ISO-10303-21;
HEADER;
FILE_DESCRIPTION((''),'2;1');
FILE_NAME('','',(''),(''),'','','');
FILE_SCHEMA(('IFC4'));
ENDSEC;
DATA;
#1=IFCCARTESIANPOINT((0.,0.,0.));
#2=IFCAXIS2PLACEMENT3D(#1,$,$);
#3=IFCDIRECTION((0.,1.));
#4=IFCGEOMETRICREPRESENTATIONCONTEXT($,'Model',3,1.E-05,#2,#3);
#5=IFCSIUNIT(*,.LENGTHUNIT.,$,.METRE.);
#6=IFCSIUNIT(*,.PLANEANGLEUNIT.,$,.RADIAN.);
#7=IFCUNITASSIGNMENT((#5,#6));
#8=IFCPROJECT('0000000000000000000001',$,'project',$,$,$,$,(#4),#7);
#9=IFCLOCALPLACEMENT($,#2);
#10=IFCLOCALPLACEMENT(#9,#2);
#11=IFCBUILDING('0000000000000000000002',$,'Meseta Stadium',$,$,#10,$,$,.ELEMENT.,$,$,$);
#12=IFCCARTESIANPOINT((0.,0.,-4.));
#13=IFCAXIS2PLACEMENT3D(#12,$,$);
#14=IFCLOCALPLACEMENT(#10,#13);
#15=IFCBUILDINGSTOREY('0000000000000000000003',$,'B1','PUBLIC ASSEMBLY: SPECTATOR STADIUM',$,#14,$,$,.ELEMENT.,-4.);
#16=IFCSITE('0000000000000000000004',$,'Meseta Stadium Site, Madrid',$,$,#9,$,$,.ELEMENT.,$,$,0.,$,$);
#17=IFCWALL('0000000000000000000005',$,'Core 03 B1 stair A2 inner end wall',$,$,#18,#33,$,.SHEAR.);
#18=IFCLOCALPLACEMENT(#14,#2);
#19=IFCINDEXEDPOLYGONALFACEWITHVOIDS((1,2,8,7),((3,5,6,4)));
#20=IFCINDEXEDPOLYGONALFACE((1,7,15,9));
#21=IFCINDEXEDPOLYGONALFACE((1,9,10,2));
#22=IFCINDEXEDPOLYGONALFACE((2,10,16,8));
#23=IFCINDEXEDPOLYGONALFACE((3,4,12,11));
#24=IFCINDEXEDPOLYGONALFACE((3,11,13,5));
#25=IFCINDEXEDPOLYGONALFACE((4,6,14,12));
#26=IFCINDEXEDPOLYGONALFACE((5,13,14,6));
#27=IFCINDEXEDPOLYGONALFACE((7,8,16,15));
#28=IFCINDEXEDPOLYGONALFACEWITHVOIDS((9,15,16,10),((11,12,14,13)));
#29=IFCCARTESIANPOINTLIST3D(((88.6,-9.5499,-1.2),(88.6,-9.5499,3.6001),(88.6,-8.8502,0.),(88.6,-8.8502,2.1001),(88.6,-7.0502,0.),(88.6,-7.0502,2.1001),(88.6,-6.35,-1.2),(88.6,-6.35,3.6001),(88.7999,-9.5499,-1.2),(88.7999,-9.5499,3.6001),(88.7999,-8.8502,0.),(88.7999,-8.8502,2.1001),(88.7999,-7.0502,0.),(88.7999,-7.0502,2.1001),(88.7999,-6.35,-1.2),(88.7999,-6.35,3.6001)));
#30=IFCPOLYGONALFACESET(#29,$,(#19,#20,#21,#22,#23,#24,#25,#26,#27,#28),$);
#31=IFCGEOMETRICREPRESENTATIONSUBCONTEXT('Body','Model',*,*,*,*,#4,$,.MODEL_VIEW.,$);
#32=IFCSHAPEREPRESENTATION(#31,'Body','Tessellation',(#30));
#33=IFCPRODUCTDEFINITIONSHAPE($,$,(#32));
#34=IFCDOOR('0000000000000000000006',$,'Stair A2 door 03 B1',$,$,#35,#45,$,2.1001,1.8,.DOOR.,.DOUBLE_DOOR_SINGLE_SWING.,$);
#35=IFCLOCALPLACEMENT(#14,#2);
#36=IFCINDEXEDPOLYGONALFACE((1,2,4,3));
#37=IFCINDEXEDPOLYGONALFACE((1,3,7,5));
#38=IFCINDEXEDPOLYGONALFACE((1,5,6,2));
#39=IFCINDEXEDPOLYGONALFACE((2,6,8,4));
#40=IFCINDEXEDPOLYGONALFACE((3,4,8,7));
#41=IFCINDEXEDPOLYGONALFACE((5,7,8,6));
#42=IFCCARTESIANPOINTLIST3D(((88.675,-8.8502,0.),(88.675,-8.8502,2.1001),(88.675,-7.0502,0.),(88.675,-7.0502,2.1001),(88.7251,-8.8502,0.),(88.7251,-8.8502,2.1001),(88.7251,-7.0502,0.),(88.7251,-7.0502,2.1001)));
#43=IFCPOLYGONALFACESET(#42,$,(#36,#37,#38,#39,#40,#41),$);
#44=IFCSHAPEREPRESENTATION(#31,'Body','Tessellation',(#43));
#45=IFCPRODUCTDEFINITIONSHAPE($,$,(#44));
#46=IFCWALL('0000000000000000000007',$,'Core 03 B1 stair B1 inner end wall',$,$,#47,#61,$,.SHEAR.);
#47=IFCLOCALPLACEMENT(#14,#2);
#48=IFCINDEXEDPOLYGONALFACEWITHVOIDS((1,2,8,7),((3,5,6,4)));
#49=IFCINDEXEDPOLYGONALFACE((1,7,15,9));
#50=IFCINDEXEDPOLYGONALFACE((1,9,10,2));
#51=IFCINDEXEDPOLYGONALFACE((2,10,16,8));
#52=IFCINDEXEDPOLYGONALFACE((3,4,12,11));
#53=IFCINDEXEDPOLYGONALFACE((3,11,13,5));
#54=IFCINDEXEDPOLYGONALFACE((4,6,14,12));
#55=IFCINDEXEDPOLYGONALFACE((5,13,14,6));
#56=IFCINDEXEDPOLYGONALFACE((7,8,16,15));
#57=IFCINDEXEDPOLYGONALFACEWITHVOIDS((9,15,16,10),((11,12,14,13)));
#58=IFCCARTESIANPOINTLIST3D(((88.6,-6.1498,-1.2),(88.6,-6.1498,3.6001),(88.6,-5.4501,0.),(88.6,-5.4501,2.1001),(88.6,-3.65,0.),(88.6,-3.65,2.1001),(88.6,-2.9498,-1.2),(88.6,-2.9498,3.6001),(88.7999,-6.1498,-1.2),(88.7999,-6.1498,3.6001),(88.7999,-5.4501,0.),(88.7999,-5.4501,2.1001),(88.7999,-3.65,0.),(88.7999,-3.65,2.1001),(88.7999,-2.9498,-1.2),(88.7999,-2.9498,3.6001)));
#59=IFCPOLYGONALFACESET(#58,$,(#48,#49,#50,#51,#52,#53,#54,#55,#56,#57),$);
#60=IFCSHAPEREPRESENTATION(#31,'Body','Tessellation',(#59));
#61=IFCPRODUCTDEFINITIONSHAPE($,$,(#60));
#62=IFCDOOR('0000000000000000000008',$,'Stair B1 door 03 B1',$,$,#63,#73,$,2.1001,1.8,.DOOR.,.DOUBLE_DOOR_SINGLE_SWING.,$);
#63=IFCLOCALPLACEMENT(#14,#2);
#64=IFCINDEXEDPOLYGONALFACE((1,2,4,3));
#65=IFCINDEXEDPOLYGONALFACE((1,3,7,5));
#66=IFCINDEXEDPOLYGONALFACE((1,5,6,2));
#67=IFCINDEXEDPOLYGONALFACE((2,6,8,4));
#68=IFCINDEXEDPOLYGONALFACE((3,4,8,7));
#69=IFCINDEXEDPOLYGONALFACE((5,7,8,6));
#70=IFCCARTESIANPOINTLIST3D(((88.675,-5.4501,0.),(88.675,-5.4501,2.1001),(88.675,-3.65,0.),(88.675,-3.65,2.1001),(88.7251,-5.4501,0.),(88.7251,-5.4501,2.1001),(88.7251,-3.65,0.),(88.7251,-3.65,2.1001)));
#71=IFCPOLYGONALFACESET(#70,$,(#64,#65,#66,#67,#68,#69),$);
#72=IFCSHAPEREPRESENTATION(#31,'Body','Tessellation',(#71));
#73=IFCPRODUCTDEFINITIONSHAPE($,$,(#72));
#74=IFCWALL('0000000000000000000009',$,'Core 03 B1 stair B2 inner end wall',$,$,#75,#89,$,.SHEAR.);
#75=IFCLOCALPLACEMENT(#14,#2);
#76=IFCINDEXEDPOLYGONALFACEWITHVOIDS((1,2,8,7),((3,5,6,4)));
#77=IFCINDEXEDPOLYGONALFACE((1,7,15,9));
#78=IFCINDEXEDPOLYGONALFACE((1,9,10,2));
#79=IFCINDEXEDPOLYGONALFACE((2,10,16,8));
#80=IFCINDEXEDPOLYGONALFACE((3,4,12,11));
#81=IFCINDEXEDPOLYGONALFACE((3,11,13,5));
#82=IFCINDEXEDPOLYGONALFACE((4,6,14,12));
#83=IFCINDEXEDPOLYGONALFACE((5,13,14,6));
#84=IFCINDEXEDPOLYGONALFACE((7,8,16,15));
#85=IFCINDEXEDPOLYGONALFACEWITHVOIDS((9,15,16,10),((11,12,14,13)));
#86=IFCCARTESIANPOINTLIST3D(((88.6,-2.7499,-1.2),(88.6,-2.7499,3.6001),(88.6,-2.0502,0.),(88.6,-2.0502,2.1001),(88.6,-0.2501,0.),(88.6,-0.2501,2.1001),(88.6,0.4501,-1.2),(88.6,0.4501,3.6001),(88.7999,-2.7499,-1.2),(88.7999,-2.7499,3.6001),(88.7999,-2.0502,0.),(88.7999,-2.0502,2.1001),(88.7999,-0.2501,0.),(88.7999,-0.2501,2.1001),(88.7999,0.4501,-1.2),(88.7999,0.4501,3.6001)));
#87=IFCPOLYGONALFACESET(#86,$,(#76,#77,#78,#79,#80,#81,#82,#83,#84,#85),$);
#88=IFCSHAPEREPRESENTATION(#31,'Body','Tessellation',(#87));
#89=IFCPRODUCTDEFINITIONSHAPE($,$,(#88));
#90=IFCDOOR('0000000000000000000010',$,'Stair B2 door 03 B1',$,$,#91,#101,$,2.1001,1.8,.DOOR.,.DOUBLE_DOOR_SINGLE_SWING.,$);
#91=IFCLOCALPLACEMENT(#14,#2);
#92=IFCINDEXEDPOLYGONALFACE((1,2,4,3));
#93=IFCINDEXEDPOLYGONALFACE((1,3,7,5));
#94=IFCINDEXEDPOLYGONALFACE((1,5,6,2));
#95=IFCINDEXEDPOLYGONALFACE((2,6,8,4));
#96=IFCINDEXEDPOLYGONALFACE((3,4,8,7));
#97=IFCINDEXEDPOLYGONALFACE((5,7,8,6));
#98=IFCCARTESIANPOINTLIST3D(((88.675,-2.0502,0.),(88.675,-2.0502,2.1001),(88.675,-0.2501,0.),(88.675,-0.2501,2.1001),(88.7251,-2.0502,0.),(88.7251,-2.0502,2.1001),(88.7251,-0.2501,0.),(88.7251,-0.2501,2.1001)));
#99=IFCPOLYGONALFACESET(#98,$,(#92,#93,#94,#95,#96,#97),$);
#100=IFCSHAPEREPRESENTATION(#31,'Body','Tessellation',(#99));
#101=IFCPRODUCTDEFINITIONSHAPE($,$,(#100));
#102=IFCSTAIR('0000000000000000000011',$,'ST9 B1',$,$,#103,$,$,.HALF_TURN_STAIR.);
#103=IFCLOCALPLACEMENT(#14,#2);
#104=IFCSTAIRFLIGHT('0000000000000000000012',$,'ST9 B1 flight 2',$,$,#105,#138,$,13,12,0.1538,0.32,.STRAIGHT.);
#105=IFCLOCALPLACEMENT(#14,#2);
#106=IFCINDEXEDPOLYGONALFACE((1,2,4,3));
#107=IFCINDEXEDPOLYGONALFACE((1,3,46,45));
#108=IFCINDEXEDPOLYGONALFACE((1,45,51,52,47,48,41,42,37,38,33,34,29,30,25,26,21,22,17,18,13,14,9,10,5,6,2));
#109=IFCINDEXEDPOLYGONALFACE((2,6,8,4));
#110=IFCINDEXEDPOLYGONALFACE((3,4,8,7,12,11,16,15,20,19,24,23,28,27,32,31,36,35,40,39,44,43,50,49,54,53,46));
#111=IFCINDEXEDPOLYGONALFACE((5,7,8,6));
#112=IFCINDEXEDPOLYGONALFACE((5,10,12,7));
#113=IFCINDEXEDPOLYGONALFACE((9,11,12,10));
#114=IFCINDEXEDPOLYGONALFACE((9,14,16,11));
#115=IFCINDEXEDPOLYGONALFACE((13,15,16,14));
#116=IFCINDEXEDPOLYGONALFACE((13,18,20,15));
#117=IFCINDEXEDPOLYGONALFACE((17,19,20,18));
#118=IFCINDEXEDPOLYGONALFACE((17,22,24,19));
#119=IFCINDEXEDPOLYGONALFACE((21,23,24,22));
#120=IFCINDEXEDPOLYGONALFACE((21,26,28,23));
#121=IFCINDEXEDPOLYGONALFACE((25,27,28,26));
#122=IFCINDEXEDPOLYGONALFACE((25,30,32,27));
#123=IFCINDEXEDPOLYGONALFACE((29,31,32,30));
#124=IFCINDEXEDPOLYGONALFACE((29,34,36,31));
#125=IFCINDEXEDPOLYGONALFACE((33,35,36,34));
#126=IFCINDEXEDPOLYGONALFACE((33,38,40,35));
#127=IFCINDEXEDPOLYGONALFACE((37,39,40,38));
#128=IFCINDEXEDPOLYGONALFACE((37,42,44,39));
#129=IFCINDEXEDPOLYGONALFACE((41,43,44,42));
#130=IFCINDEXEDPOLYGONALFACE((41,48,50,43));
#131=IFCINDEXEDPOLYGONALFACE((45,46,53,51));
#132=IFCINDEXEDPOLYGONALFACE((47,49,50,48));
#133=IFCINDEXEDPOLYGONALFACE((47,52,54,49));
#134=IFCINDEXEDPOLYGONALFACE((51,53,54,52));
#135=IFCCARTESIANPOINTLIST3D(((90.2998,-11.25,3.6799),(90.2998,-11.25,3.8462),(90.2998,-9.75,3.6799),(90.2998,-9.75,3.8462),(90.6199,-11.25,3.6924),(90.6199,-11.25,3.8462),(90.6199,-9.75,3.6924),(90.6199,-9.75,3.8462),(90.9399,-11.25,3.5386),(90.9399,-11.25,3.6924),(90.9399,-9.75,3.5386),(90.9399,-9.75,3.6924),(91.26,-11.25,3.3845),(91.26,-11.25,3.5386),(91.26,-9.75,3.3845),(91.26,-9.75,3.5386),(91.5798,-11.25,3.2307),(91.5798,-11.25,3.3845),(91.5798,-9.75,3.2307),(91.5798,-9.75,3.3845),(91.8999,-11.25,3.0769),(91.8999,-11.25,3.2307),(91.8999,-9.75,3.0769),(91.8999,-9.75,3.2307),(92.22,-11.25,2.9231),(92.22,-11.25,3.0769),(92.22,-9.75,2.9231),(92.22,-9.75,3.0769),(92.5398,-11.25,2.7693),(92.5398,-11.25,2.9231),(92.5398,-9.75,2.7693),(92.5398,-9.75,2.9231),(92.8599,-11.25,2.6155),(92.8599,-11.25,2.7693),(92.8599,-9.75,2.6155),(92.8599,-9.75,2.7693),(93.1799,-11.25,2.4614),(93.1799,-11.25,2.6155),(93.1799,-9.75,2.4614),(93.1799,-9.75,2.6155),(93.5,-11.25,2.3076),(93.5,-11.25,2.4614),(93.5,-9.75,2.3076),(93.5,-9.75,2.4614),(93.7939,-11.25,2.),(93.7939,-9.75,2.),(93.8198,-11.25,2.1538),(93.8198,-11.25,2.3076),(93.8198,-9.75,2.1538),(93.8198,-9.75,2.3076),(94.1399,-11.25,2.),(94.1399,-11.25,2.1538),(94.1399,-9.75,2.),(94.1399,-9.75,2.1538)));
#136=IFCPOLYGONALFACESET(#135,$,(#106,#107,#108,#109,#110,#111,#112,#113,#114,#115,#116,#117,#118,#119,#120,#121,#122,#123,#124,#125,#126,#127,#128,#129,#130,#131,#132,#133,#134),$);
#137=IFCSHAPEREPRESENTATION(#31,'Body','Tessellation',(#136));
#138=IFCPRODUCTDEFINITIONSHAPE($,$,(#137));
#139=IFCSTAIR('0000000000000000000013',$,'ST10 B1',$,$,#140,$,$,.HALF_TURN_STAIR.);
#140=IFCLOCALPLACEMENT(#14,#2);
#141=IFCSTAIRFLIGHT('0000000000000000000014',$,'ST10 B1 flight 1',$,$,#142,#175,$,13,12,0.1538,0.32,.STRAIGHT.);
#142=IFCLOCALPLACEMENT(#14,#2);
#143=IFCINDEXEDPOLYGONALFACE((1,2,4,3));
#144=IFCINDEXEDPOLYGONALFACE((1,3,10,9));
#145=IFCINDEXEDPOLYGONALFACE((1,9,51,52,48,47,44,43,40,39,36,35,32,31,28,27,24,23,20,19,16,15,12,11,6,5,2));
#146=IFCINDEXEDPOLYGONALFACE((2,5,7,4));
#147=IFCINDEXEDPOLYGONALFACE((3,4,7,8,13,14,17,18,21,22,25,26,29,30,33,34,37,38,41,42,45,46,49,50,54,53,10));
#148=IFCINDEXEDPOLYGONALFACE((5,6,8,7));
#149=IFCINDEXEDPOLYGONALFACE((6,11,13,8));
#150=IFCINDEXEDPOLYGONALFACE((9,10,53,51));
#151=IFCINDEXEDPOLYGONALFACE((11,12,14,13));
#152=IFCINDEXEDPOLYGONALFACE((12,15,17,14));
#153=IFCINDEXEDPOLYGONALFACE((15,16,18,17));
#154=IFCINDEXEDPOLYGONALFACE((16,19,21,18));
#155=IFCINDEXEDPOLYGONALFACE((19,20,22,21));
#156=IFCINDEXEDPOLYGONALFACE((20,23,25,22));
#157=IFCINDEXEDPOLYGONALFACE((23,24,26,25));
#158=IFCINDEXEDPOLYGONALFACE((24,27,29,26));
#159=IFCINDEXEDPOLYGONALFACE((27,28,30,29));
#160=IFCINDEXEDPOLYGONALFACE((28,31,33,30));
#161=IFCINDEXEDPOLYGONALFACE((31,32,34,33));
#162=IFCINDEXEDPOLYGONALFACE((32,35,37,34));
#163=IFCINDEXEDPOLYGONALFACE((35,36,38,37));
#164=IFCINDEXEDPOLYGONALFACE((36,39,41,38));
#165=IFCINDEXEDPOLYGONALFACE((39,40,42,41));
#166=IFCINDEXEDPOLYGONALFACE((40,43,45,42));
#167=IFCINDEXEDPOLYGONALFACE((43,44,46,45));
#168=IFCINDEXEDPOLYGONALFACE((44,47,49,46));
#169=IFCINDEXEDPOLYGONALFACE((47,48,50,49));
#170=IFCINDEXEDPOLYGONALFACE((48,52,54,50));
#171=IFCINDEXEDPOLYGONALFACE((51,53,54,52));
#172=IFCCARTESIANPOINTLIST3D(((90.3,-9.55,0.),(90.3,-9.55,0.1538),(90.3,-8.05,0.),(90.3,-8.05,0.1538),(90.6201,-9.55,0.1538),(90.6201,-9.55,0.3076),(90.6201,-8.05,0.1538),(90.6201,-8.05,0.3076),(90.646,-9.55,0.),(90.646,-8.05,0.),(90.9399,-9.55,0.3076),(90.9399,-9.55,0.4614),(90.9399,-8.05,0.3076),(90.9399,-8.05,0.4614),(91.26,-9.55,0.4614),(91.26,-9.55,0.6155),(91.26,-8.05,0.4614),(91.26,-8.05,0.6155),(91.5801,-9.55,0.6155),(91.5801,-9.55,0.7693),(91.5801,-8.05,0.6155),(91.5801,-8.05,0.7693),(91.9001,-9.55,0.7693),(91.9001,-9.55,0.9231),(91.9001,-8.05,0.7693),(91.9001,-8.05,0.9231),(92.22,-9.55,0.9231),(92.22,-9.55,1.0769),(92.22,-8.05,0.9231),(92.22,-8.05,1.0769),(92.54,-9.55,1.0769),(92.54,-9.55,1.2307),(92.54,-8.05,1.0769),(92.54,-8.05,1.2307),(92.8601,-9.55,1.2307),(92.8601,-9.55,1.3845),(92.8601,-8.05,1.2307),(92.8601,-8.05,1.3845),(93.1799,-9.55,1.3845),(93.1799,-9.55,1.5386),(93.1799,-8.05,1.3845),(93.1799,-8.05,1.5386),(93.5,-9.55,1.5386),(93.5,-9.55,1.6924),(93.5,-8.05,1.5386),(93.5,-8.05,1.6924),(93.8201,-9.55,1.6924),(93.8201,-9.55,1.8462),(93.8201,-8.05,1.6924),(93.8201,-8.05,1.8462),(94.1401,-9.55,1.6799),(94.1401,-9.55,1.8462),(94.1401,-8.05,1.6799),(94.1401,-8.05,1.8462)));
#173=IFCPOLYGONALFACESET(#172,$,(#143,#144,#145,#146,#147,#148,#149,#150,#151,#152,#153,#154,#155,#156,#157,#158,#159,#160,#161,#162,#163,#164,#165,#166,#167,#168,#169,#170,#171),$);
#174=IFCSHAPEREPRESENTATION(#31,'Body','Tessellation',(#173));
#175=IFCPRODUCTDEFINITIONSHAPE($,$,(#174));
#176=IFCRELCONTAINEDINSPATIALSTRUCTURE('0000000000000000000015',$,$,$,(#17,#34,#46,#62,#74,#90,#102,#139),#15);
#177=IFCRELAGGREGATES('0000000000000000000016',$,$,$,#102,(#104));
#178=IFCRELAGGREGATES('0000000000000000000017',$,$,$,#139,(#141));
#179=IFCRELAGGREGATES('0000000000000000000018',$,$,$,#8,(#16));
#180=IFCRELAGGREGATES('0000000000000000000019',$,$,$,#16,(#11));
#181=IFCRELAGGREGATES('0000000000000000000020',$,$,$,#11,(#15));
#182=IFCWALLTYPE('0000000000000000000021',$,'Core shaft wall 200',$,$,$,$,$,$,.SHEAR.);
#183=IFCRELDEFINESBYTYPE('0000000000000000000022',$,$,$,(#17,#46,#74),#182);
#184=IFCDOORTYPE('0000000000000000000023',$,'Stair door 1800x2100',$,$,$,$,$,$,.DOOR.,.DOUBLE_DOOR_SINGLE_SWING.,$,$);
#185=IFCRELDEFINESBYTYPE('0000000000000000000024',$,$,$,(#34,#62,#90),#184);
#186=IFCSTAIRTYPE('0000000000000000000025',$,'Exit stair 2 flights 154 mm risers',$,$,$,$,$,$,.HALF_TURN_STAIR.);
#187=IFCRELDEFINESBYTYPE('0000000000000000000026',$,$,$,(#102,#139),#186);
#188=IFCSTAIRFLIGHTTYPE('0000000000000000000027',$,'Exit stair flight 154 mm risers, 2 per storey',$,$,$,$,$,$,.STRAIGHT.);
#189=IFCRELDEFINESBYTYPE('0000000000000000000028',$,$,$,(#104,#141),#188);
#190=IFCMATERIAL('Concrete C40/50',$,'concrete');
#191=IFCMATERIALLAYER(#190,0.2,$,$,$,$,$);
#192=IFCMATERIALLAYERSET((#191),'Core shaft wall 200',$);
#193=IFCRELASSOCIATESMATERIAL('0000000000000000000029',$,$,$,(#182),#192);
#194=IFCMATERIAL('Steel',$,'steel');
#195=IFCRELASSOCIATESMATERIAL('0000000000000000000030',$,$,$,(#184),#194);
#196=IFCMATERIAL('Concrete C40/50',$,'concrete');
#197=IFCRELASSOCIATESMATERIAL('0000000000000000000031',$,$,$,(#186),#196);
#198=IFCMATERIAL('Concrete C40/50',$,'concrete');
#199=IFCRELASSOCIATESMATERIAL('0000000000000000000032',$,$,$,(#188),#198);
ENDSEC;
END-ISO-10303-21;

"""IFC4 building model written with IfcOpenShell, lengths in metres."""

from ifc_helpers import new_model, si_unit, direction, frame, frame_2d, origin, place, context, subcontext, project, spatial, polyline, rectangle, outline, extrude, material, layer, layer_set, type_object, element, fill, aggregate, save


model = new_model("IFC4")

# Units and contexts
model_context = context("Model", 3, precision=1e-05, world=origin(), true_north=direction((0.0, 1.0)))
body_context = subcontext(model_context, "Body", "Model", "MODEL_VIEW")
ifc_project = project(units=[si_unit("LENGTHUNIT", "METRE"), si_unit("PLANEANGLEUNIT", "RADIAN")], contexts=[model_context])

# Site, building, storey
site_placement = place(None, origin())
site = spatial("IfcSite", under=ifc_project, at=site_placement, Name="Meseta Stadium Site, Madrid", CompositionType="ELEMENT", RefElevation=0.0)
building_placement = place(site_placement, origin())
building = spatial("IfcBuilding", under=site, at=building_placement, Name="Meseta Stadium", CompositionType="ELEMENT")
storey_placement = place(building_placement, frame((0.0, 0.0, -4.0)))
storey = spatial("IfcBuildingStorey", under=building, at=storey_placement, Name="B1", Description="PUBLIC ASSEMBLY: SPECTATOR STADIUM", CompositionType="ELEMENT", Elevation=-4.0)

# Walls, openings, doors
ifc_material_1 = material(Name="Concrete C40/50", Category="concrete")
ifc_layer = layer(ifc_material_1, 0.2)
ifc_layer_set = layer_set([ifc_layer], Name="Core shaft wall 200")
wall_type = type_object("IfcWallType", Name="Core shaft wall 200", PredefinedType="SHEAR", material=ifc_layer_set)
wall_1_placement = place(storey_placement, frame((88.7, -9.55, -1.2), z_axis=(0.0, 0.0, 1.0), x_axis=(0.0, 1.0, 0.0)))
wall_1 = element("IfcWall", 1, at=wall_1_placement, inside=storey, type_object=wall_type, Name="Core 03 B1 stair A2 inner end wall", PredefinedType="SHEAR", context=body_context, shape_type="SweptSolid", body=[
    extrude(rectangle(XDim=3.2, YDim=0.2, at=frame_2d((1.6001, 0.0))), origin(), (0.0, 0.0, 1.0), 4.8),
])
opening_1_placement = place(wall_1_placement, frame((0.7, 0.0, 1.2)))
opening_1 = element("IfcOpeningElement", 2, at=opening_1_placement, cuts=wall_1, PredefinedType="OPENING", context=body_context, shape_type="SweptSolid", body=[
    extrude(rectangle(XDim=1.8, YDim=2.1001, at=frame_2d((0.8999, 1.05))), frame((0.0, 0.1099, 0.0), z_axis=(0.0, -1.0, 0.0), x_axis=(1.0, 0.0, 0.0)), (0.0, 0.0, 1.0), 0.22),
])
ifc_material_2 = material(Name="Steel", Category="steel")
door_type = type_object("IfcDoorType", Name="Stair door 1800x2100", OperationType="DOUBLE_DOOR_SINGLE_SWING", PredefinedType="DOOR", material=ifc_material_2)
door_1_placement = place(opening_1_placement, origin())
door_1 = element("IfcDoor", 3, at=door_1_placement, inside=storey, type_object=door_type, Name="Stair A2 door 03 B1", OperationType="DOUBLE_DOOR_SINGLE_SWING", OverallHeight=2.1001, OverallWidth=1.8, PredefinedType="DOOR", context=body_context, shape_type="SweptSolid", body=[
    extrude(rectangle(XDim=1.8, YDim=2.1001, at=frame_2d((0.8999, 1.05))), frame((0.0, 0.0249, 0.0), z_axis=(0.0, -1.0, 0.0), x_axis=(1.0, 0.0, 0.0)), (0.0, 0.0, 1.0), 0.05),
])
fill(opening_1, door_1)
wall_2_placement = place(storey_placement, frame((88.7, -6.1499, -1.2), z_axis=(0.0, 0.0, 1.0), x_axis=(0.0, 1.0, 0.0)))
wall_2 = element("IfcWall", 4, at=wall_2_placement, inside=storey, type_object=wall_type, Name="Core 03 B1 stair B1 inner end wall", PredefinedType="SHEAR", context=body_context, shape_type="SweptSolid", body=[
    extrude(rectangle(XDim=3.2, YDim=0.2, at=frame_2d((1.6001, 0.0))), origin(), (0.0, 0.0, 1.0), 4.8),
])
opening_2_placement = place(wall_2_placement, frame((0.7, 0.0, 1.2)))
opening_2 = element("IfcOpeningElement", 5, at=opening_2_placement, cuts=wall_2, PredefinedType="OPENING", context=body_context, shape_type="SweptSolid", body=[
    extrude(rectangle(XDim=1.8, YDim=2.1001, at=frame_2d((0.8999, 1.05))), frame((0.0, 0.1099, 0.0), z_axis=(0.0, -1.0, 0.0), x_axis=(1.0, 0.0, 0.0)), (0.0, 0.0, 1.0), 0.22),
])
door_2_placement = place(opening_2_placement, origin())
door_2 = element("IfcDoor", 6, at=door_2_placement, inside=storey, type_object=door_type, Name="Stair B1 door 03 B1", OperationType="DOUBLE_DOOR_SINGLE_SWING", OverallHeight=2.1001, OverallWidth=1.8, PredefinedType="DOOR", context=body_context, shape_type="SweptSolid", body=[
    extrude(rectangle(XDim=1.8, YDim=2.1001, at=frame_2d((0.8999, 1.05))), frame((0.0, 0.0249, 0.0), z_axis=(0.0, -1.0, 0.0), x_axis=(1.0, 0.0, 0.0)), (0.0, 0.0, 1.0), 0.05),
])
fill(opening_2, door_2)
wall_3_placement = place(storey_placement, frame((88.7, -2.75, -1.2), z_axis=(0.0, 0.0, 1.0), x_axis=(0.0, 1.0, 0.0)))
wall_3 = element("IfcWall", 7, at=wall_3_placement, inside=storey, type_object=wall_type, Name="Core 03 B1 stair B2 inner end wall", PredefinedType="SHEAR", context=body_context, shape_type="SweptSolid", body=[
    extrude(rectangle(XDim=3.2, YDim=0.2, at=frame_2d((1.6001, 0.0))), origin(), (0.0, 0.0, 1.0), 4.8),
])
opening_3_placement = place(wall_3_placement, frame((0.7, 0.0, 1.2)))
opening_3 = element("IfcOpeningElement", 8, at=opening_3_placement, cuts=wall_3, PredefinedType="OPENING", context=body_context, shape_type="SweptSolid", body=[
    extrude(rectangle(XDim=1.8, YDim=2.1001, at=frame_2d((0.8999, 1.05))), frame((0.0, 0.1099, 0.0), z_axis=(0.0, -1.0, 0.0), x_axis=(1.0, 0.0, 0.0)), (0.0, 0.0, 1.0), 0.22),
])
door_3_placement = place(opening_3_placement, origin())
door_3 = element("IfcDoor", 9, at=door_3_placement, inside=storey, type_object=door_type, Name="Stair B2 door 03 B1", OperationType="DOUBLE_DOOR_SINGLE_SWING", OverallHeight=2.1001, OverallWidth=1.8, PredefinedType="DOOR", context=body_context, shape_type="SweptSolid", body=[
    extrude(rectangle(XDim=1.8, YDim=2.1001, at=frame_2d((0.8999, 1.05))), frame((0.0, 0.0249, 0.0), z_axis=(0.0, -1.0, 0.0), x_axis=(1.0, 0.0, 0.0)), (0.0, 0.0, 1.0), 0.05),
])
fill(opening_3, door_3)

# Stairs, stair flights
ifc_material_3 = material(Name="Concrete C40/50", Category="concrete")
stair_type = type_object("IfcStairType", Name="Exit stair 2 flights 154 mm risers", PredefinedType="HALF_TURN_STAIR", material=ifc_material_3)
stair_1_placement = place(storey_placement, origin())
stair_1 = element("IfcStair", 10, at=stair_1_placement, inside=storey, type_object=stair_type, Name="ST9 B1", PredefinedType="HALF_TURN_STAIR")
ifc_material_4 = material(Name="Concrete C40/50", Category="concrete")
stair_flight_type = type_object("IfcStairFlightType", Name="Exit stair flight 154 mm risers, 2 per storey", PredefinedType="STRAIGHT", material=ifc_material_4)
stair_flight_1_placement = place(storey_placement, frame((94.1399, -10.5, 2.0), z_axis=(0.0, 0.0, 1.0), x_axis=(-1.0, 0.0, 0.0)))
stair_flight_1 = element("IfcStairFlight", 11, at=stair_flight_1_placement, type_object=stair_flight_type, Name="ST9 B1 flight 2", NumberOfRisers=13, NumberOfTreads=12, PredefinedType="STRAIGHT", RiserHeight=0.1538, TreadLength=0.32, context=body_context, shape_type="SweptSolid", body=[
    extrude(outline(polyline([(0.0, 0.0), (0.0, 0.1538), (0.3201, 0.1538), (0.3201, 0.3076), (0.6399, 0.3076), (0.6399, 0.4614), (0.96, 0.4614), (0.96, 0.6155), (1.28, 0.6155), (1.28, 0.7693), (1.6001, 0.7693), (1.6001, 0.9231), (1.9199, 0.9231), (1.9199, 1.0769), (2.24, 1.0769), (2.24, 1.2307), (2.5601, 1.2307), (2.5601, 1.3845), (2.8799, 1.3845), (2.8799, 1.5386), (3.2, 1.5386), (3.2, 1.6924), (3.52, 1.6924), (3.52, 1.8462), (3.8401, 1.8462), (3.8401, 1.6799), (0.3459, 0.0), (0.0, 0.0)])), frame((0.0, 0.75, 0.0), z_axis=(0.0, -1.0, 0.0), x_axis=(1.0, 0.0, 0.0)), (0.0, 0.0, 1.0), 1.5),
])
aggregate(stair_1, [stair_flight_1])
stair_2_placement = place(storey_placement, origin())
stair_2 = element("IfcStair", 12, at=stair_2_placement, inside=storey, type_object=stair_type, Name="ST10 B1", PredefinedType="HALF_TURN_STAIR")
stair_flight_2_placement = place(storey_placement, frame((90.3, -8.8, 0.0), z_axis=(0.0, 0.0, 1.0), x_axis=(1.0, 0.0, 0.0)))
stair_flight_2 = element("IfcStairFlight", 13, at=stair_flight_2_placement, type_object=stair_flight_type, Name="ST10 B1 flight 1", NumberOfRisers=13, NumberOfTreads=12, PredefinedType="STRAIGHT", RiserHeight=0.1538, TreadLength=0.32, context=body_context, shape_type="SweptSolid", body=[
    extrude(outline(polyline([(0.0, 0.0), (0.0, 0.1538), (0.3201, 0.1538), (0.3201, 0.3076), (0.6399, 0.3076), (0.6399, 0.4614), (0.96, 0.4614), (0.96, 0.6155), (1.28, 0.6155), (1.28, 0.7693), (1.6001, 0.7693), (1.6001, 0.9231), (1.9199, 0.9231), (1.9199, 1.0769), (2.24, 1.0769), (2.24, 1.2307), (2.5601, 1.2307), (2.5601, 1.3845), (2.8799, 1.3845), (2.8799, 1.5386), (3.2, 1.5386), (3.2, 1.6924), (3.52, 1.6924), (3.52, 1.8462), (3.8401, 1.8462), (3.8401, 1.6799), (0.3459, 0.0), (0.0, 0.0)])), frame((0.0, 0.75, 0.0), z_axis=(0.0, -1.0, 0.0), x_axis=(1.0, 0.0, 0.0)), (0.0, 0.0, 1.0), 1.5),
])
aggregate(stair_2, [stair_flight_2])

save(model, "model.ifc")
